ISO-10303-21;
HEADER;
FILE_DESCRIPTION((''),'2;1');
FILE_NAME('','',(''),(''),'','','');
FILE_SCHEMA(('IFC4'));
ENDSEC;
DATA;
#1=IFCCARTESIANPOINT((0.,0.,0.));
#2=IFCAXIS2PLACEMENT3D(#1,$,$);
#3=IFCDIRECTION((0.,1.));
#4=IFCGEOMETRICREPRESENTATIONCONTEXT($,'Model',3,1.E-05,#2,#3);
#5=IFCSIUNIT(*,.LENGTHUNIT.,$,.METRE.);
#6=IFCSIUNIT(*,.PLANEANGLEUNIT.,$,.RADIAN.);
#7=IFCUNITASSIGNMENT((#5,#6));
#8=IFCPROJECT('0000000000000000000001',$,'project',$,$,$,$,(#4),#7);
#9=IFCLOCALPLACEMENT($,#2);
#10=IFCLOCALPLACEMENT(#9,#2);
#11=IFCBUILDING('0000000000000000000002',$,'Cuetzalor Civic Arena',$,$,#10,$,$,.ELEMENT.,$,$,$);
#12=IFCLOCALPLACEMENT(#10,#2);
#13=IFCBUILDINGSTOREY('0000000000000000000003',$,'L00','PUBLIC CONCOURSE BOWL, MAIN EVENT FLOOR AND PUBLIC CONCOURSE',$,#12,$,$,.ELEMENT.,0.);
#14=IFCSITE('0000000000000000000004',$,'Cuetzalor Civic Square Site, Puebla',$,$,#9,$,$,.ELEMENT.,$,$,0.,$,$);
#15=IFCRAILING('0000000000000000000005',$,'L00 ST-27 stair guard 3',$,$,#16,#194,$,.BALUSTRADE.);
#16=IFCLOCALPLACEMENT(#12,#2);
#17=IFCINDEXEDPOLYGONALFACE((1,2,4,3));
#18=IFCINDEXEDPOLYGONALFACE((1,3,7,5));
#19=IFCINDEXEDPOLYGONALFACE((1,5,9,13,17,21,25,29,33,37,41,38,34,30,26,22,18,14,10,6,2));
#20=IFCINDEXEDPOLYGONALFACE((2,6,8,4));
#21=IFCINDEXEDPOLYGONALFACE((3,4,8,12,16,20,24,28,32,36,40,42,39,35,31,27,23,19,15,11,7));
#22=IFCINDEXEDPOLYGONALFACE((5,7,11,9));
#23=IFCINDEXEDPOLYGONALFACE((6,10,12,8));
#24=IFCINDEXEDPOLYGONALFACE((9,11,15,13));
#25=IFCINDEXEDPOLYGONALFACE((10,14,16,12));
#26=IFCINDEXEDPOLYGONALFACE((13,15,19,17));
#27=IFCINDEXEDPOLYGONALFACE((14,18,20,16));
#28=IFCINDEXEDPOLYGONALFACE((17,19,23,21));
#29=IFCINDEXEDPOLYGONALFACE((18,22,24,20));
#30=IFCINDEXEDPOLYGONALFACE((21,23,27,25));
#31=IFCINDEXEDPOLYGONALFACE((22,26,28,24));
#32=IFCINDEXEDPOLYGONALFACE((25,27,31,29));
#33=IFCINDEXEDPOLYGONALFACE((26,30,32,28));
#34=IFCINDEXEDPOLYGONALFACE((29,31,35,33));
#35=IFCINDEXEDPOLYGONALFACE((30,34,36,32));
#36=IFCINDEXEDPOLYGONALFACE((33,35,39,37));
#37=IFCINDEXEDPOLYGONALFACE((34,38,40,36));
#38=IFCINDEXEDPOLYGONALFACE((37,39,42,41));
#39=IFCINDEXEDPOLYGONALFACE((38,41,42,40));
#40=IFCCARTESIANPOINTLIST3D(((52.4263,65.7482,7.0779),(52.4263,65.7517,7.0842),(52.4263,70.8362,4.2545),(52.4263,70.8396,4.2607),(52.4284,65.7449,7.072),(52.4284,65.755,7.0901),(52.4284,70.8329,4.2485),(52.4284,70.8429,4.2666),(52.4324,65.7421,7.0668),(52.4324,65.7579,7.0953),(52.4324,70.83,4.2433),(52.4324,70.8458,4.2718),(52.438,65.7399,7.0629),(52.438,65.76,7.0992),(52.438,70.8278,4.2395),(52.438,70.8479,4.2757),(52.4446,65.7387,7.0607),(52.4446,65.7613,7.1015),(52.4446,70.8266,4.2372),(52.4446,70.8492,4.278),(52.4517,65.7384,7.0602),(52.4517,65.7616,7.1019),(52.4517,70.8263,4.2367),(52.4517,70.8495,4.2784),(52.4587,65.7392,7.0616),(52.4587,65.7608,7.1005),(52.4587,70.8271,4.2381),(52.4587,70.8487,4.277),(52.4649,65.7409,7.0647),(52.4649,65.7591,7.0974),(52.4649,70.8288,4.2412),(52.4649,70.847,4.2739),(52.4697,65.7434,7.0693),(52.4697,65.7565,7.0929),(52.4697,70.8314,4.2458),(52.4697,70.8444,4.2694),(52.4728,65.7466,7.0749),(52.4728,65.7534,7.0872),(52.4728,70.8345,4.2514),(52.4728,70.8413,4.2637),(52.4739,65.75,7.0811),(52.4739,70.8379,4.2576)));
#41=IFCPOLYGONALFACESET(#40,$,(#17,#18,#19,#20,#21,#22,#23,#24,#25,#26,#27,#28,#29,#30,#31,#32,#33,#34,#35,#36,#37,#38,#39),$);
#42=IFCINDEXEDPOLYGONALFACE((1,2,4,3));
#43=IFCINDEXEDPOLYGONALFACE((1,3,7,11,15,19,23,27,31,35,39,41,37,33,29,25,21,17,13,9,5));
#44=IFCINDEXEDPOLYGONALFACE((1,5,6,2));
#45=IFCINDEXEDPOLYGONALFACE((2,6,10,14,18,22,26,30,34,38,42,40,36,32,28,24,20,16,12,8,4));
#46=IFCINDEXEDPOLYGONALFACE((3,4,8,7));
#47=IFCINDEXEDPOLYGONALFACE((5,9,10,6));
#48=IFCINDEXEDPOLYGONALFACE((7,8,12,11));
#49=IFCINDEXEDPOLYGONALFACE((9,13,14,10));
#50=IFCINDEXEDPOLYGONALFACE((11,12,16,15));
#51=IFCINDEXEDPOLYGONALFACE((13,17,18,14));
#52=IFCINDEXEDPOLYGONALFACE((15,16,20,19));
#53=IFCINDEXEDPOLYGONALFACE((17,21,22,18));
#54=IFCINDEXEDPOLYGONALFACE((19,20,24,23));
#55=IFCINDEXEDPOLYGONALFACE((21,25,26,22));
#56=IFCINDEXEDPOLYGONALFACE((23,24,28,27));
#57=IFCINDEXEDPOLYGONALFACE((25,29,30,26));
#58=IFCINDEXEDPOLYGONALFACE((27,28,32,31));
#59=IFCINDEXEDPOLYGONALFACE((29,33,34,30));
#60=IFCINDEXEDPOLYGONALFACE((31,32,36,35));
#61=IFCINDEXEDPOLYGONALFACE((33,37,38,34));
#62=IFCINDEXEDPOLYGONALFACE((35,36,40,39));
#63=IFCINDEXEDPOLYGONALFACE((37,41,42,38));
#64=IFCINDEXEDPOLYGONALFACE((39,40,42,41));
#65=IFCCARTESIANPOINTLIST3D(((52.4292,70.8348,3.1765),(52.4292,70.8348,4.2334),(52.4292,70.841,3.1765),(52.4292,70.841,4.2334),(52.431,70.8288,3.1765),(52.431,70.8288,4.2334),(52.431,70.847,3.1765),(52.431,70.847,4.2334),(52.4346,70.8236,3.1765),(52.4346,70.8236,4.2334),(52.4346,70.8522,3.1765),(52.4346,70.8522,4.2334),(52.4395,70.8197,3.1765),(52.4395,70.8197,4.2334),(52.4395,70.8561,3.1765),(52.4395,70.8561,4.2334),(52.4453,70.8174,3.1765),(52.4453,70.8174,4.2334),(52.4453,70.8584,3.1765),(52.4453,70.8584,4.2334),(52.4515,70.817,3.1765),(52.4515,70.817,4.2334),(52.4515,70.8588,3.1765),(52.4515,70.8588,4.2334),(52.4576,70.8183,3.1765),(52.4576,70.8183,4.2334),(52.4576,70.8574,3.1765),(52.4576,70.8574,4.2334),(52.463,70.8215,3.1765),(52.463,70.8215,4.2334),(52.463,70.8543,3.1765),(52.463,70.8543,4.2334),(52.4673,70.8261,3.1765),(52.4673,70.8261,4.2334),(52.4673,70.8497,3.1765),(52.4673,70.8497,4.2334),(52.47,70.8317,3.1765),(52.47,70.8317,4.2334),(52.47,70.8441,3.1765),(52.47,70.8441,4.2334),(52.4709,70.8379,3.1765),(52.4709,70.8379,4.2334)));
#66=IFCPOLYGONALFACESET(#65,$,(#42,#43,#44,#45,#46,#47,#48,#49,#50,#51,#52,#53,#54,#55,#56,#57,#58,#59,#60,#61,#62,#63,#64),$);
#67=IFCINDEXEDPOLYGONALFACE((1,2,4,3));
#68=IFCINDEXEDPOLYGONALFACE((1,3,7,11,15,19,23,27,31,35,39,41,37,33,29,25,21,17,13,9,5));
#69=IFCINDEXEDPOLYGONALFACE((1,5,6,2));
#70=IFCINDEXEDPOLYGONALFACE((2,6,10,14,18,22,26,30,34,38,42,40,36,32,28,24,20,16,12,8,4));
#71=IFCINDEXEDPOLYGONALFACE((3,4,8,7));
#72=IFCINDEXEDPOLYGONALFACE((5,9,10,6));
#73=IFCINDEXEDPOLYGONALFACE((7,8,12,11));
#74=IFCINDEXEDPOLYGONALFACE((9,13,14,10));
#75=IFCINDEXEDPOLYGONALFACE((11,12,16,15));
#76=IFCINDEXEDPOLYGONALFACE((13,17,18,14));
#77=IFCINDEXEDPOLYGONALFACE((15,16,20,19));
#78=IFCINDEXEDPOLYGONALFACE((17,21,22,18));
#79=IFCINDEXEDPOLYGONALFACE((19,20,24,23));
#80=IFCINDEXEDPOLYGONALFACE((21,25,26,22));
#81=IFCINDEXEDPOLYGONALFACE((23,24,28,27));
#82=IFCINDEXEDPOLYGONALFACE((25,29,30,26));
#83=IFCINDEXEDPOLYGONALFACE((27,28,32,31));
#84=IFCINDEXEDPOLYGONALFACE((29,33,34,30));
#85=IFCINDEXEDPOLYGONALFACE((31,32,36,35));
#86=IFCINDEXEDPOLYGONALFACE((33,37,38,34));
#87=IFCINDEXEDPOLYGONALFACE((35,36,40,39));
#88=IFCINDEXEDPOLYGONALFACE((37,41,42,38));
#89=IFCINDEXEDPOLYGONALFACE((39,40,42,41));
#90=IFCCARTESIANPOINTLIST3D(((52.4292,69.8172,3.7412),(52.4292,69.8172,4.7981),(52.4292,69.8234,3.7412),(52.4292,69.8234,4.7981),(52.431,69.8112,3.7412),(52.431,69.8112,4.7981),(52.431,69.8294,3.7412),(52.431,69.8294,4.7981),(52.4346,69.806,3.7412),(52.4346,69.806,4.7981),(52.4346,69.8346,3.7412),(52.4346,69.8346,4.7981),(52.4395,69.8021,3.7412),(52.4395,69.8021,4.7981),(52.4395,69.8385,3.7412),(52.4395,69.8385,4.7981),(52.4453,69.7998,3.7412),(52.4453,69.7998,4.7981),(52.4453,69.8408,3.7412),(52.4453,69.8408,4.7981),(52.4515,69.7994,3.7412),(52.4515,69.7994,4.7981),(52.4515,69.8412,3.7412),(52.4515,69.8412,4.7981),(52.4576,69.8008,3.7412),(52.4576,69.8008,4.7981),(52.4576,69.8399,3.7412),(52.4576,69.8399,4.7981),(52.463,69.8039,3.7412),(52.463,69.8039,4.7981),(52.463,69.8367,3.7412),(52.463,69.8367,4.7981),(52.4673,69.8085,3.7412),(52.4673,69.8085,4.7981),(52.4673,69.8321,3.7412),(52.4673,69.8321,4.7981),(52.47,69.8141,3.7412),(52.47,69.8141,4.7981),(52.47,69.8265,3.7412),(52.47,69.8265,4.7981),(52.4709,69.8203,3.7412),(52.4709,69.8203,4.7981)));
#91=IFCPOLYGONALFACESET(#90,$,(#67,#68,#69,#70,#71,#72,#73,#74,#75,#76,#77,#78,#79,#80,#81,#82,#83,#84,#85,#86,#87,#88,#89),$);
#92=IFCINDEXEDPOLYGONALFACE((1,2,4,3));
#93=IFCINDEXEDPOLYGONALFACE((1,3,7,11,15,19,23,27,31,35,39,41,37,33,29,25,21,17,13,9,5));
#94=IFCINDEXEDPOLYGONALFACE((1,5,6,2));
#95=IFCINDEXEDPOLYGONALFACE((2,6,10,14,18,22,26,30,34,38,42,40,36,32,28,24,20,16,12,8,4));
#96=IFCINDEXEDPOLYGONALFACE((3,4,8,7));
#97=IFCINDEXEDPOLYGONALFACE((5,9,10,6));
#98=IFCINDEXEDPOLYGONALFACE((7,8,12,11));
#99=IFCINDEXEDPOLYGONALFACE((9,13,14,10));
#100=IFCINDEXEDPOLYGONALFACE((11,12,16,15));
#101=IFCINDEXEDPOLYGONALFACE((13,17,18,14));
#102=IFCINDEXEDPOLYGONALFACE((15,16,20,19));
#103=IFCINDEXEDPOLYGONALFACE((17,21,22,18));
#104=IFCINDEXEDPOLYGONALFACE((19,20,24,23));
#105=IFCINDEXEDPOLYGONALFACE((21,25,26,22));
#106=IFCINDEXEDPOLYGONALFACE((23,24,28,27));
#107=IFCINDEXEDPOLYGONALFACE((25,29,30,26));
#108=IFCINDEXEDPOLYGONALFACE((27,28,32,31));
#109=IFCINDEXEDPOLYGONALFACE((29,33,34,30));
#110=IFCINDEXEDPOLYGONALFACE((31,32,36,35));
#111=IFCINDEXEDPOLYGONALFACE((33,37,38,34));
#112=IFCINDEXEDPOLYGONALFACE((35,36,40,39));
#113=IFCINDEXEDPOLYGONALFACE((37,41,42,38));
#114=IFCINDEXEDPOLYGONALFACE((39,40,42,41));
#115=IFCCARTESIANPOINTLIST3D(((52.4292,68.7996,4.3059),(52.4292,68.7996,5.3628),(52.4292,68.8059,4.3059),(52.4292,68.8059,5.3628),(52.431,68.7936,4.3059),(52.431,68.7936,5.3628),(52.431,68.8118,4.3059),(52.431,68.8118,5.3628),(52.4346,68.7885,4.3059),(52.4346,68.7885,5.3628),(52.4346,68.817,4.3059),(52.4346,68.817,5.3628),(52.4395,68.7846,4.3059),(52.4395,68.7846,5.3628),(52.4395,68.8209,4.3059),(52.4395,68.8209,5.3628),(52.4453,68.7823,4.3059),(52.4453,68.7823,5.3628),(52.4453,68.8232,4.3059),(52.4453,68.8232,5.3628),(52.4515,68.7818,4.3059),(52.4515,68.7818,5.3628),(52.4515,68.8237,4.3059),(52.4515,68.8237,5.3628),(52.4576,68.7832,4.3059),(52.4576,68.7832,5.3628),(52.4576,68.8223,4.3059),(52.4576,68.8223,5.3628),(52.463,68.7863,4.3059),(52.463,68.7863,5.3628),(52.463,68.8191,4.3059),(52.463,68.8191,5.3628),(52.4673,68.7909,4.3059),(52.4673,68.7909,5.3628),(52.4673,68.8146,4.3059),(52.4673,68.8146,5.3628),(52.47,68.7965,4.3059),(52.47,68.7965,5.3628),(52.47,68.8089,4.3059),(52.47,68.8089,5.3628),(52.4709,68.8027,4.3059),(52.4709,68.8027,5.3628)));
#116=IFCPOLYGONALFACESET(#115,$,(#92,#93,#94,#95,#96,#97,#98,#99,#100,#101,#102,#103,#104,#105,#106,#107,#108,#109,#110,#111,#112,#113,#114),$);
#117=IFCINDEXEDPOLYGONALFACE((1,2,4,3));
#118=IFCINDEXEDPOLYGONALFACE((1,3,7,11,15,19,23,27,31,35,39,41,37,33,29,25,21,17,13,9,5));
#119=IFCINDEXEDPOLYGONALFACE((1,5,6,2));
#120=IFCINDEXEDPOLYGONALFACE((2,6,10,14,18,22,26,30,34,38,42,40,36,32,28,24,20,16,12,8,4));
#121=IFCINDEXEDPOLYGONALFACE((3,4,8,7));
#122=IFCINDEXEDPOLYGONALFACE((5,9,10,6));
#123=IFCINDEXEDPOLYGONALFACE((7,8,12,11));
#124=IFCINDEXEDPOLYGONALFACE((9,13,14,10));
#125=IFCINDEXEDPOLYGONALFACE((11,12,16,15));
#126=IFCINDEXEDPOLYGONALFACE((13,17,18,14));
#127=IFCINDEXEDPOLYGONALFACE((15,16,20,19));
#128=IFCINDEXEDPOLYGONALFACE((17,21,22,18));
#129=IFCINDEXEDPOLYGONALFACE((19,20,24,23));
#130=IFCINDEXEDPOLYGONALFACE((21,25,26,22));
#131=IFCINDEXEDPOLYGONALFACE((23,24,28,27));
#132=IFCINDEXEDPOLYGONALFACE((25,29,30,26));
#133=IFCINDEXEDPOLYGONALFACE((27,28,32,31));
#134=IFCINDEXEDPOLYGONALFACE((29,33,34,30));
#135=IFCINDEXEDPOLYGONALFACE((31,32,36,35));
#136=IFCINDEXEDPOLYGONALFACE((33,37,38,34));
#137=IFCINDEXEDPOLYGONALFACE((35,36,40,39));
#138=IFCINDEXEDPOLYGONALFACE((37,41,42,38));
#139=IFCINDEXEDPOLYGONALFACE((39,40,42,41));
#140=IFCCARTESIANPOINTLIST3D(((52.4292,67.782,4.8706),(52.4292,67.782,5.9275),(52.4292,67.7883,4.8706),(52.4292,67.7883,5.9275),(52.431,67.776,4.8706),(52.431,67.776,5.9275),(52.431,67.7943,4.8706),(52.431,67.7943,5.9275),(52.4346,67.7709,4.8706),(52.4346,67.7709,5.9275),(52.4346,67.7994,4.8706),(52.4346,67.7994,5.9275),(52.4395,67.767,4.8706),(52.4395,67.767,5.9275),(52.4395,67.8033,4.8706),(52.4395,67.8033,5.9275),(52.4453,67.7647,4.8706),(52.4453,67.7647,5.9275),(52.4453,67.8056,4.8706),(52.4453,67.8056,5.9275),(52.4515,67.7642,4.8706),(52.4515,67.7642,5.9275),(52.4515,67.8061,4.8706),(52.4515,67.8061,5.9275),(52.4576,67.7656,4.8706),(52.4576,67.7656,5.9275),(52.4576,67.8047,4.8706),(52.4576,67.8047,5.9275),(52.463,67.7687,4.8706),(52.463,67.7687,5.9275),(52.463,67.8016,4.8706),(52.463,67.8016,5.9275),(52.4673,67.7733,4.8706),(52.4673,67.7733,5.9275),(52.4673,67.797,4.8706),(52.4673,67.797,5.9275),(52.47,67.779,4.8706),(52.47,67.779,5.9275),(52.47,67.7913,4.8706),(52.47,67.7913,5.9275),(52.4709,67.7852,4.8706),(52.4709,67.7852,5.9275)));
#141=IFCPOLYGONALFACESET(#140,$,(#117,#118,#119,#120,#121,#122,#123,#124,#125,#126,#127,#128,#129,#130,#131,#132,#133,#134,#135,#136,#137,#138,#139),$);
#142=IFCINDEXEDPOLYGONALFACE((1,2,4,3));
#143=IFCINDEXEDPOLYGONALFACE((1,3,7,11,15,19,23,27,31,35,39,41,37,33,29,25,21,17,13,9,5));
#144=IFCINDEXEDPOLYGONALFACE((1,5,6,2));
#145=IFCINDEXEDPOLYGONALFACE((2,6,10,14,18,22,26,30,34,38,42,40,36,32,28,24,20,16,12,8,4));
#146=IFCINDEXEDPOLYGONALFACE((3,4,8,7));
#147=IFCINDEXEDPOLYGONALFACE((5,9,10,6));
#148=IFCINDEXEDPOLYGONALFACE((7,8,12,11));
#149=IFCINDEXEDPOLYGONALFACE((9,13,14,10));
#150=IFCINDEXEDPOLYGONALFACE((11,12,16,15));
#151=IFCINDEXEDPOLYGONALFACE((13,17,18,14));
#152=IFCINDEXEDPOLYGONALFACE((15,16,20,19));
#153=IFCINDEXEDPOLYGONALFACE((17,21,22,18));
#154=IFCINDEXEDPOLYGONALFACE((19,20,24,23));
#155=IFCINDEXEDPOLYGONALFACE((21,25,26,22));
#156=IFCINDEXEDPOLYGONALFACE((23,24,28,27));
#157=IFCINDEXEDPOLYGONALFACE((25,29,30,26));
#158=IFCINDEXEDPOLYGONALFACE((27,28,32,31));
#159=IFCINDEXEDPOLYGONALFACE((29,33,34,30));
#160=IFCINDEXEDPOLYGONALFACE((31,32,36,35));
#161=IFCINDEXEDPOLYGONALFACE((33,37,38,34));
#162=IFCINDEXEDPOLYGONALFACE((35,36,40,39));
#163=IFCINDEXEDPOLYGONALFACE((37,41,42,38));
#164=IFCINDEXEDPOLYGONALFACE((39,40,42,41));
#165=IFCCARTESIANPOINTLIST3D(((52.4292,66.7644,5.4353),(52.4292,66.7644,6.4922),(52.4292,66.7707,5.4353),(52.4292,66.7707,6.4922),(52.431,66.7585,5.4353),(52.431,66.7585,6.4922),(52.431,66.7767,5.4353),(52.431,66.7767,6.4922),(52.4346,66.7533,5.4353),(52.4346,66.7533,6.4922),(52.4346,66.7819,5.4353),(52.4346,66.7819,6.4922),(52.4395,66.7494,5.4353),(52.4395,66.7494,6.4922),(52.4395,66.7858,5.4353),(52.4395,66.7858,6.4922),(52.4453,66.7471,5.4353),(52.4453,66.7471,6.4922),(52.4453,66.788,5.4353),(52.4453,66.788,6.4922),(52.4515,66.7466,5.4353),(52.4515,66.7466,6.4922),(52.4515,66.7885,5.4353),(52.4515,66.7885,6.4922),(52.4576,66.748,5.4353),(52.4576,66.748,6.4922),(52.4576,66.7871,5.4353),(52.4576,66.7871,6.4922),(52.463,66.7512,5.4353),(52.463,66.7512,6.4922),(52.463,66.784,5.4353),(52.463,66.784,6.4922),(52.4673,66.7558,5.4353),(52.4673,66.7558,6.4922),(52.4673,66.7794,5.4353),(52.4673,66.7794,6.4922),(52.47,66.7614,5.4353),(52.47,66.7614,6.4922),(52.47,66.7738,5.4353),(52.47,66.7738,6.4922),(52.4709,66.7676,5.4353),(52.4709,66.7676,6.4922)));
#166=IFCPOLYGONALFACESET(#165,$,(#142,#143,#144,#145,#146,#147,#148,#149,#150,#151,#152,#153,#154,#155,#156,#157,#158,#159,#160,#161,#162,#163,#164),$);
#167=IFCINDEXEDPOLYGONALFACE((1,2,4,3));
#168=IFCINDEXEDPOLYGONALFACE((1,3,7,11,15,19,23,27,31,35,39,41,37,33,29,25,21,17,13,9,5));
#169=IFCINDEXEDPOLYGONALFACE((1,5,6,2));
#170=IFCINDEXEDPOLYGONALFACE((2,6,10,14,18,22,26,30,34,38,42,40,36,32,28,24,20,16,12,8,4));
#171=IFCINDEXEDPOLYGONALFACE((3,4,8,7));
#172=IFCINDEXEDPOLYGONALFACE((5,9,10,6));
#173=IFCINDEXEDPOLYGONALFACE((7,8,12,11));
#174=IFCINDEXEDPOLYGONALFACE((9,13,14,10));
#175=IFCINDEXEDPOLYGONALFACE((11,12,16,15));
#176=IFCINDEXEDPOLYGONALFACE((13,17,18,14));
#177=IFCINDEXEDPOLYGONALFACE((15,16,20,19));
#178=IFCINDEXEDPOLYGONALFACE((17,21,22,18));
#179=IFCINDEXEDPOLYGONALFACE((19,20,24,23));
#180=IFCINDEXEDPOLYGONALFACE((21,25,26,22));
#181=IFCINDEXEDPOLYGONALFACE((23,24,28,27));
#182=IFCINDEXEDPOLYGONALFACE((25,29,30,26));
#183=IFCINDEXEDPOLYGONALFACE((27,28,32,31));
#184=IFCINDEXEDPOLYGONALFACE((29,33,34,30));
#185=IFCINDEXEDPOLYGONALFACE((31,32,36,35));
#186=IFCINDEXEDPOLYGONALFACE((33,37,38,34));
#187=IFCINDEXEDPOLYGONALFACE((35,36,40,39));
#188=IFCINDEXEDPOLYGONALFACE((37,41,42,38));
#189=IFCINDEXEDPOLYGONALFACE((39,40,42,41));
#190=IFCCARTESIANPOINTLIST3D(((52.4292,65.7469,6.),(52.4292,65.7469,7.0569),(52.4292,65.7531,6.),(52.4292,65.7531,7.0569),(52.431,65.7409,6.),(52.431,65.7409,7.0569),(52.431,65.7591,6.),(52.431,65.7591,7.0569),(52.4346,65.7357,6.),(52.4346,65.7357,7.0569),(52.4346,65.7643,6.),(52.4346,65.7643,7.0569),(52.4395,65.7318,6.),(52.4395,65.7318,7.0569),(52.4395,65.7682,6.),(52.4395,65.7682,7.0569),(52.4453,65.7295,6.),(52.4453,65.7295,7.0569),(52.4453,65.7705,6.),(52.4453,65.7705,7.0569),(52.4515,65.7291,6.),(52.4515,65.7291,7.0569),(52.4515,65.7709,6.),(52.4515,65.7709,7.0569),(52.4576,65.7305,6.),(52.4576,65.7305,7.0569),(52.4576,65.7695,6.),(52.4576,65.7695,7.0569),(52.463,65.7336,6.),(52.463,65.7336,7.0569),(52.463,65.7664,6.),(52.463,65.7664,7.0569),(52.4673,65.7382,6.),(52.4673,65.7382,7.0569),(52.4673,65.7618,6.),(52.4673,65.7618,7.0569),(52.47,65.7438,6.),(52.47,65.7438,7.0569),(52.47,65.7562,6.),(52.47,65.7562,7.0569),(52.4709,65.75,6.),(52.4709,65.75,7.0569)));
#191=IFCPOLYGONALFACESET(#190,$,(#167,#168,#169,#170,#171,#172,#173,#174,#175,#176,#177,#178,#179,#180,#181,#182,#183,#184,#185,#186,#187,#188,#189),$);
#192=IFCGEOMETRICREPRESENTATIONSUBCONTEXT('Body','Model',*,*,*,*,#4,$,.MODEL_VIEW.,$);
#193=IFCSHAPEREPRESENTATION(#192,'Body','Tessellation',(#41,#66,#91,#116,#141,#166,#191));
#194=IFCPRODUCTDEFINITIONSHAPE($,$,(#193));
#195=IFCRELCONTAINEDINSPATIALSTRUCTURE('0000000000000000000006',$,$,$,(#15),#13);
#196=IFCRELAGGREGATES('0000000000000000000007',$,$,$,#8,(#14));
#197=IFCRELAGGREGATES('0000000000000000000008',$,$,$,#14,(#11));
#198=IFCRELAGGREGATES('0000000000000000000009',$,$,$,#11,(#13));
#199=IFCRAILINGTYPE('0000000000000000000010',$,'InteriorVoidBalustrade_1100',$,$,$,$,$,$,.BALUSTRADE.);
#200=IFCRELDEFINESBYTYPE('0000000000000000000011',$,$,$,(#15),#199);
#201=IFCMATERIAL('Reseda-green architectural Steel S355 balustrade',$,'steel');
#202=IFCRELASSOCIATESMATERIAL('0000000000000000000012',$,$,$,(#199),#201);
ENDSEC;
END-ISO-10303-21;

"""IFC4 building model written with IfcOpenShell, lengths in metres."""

from ifc_helpers import new_model, si_unit, direction, frame, origin, origin_2d, place, context, subcontext, project, spatial, circle, extrude, material, type_object, element, save


model = new_model("IFC4")

# Units and contexts
model_context = context("Model", 3, precision=1e-05, world=origin(), true_north=direction((0.0, 1.0)))
body_context = subcontext(model_context, "Body", "Model", "MODEL_VIEW")
ifc_project = project(units=[si_unit("LENGTHUNIT", "METRE"), si_unit("PLANEANGLEUNIT", "RADIAN")], contexts=[model_context])

# Site, building, storey
site_placement = place(None, origin())
site = spatial("IfcSite", under=ifc_project, at=site_placement, Name="Cuetzalor Civic Square Site, Puebla", CompositionType="ELEMENT", RefElevation=0.0)
building_placement = place(site_placement, origin())
building = spatial("IfcBuilding", under=site, at=building_placement, Name="Cuetzalor Civic Arena", CompositionType="ELEMENT")
storey_placement = place(building_placement, origin())
storey = spatial("IfcBuildingStorey", under=building, at=storey_placement, Name="L00", Description="PUBLIC CONCOURSE BOWL, MAIN EVENT FLOOR AND PUBLIC CONCOURSE", CompositionType="ELEMENT", Elevation=0.0)

# Railing
ifc_material_1 = material(Name="Reseda-green architectural Steel S355 balustrade", Category="steel")
railing_type_1 = type_object("IfcRailingType", Name="InteriorVoidBalustrade_1100", PredefinedType="BALUSTRADE", material=ifc_material_1)
railing_1_placement = place(storey_placement, frame((52.45, 70.8379, 3.1765)))
element("IfcRailing", 1, at=railing_1_placement, inside=storey, type_object=railing_type_1, Name="L00 ST-27 stair guard 3", PredefinedType="BALUSTRADE", context=body_context, shape_type="SweptSolid", body=[
    extrude(circle(Radius=0.0239, at=origin_2d()), frame((0.0, 0.0, 1.0811), z_axis=(0.0, -0.874385, 0.485233), x_axis=(1.0, 0.0, 0.0)), (0.0, 0.0, 1.0), 5.8188),
    extrude(circle(Radius=0.021, at=origin_2d()), origin(), (0.0, 0.0, 1.0), 1.0569),
    extrude(circle(Radius=0.021, at=origin_2d()), frame((0.0, -1.0176, 0.5647)), (0.0, 0.0, 1.0), 1.0569),
    extrude(circle(Radius=0.021, at=origin_2d()), frame((0.0, -2.0352, 1.1294)), (0.0, 0.0, 1.0), 1.0569),
    extrude(circle(Radius=0.021, at=origin_2d()), frame((0.0, -3.0527, 1.6941)), (0.0, 0.0, 1.0), 1.0569),
    extrude(circle(Radius=0.021, at=origin_2d()), frame((0.0, -4.0703, 2.2588)), (0.0, 0.0, 1.0), 1.0569),
    extrude(circle(Radius=0.021, at=origin_2d()), frame((0.0, -5.0879, 2.8235)), (0.0, 0.0, 1.0), 1.0569),
])

save(model, "model.ifc")
